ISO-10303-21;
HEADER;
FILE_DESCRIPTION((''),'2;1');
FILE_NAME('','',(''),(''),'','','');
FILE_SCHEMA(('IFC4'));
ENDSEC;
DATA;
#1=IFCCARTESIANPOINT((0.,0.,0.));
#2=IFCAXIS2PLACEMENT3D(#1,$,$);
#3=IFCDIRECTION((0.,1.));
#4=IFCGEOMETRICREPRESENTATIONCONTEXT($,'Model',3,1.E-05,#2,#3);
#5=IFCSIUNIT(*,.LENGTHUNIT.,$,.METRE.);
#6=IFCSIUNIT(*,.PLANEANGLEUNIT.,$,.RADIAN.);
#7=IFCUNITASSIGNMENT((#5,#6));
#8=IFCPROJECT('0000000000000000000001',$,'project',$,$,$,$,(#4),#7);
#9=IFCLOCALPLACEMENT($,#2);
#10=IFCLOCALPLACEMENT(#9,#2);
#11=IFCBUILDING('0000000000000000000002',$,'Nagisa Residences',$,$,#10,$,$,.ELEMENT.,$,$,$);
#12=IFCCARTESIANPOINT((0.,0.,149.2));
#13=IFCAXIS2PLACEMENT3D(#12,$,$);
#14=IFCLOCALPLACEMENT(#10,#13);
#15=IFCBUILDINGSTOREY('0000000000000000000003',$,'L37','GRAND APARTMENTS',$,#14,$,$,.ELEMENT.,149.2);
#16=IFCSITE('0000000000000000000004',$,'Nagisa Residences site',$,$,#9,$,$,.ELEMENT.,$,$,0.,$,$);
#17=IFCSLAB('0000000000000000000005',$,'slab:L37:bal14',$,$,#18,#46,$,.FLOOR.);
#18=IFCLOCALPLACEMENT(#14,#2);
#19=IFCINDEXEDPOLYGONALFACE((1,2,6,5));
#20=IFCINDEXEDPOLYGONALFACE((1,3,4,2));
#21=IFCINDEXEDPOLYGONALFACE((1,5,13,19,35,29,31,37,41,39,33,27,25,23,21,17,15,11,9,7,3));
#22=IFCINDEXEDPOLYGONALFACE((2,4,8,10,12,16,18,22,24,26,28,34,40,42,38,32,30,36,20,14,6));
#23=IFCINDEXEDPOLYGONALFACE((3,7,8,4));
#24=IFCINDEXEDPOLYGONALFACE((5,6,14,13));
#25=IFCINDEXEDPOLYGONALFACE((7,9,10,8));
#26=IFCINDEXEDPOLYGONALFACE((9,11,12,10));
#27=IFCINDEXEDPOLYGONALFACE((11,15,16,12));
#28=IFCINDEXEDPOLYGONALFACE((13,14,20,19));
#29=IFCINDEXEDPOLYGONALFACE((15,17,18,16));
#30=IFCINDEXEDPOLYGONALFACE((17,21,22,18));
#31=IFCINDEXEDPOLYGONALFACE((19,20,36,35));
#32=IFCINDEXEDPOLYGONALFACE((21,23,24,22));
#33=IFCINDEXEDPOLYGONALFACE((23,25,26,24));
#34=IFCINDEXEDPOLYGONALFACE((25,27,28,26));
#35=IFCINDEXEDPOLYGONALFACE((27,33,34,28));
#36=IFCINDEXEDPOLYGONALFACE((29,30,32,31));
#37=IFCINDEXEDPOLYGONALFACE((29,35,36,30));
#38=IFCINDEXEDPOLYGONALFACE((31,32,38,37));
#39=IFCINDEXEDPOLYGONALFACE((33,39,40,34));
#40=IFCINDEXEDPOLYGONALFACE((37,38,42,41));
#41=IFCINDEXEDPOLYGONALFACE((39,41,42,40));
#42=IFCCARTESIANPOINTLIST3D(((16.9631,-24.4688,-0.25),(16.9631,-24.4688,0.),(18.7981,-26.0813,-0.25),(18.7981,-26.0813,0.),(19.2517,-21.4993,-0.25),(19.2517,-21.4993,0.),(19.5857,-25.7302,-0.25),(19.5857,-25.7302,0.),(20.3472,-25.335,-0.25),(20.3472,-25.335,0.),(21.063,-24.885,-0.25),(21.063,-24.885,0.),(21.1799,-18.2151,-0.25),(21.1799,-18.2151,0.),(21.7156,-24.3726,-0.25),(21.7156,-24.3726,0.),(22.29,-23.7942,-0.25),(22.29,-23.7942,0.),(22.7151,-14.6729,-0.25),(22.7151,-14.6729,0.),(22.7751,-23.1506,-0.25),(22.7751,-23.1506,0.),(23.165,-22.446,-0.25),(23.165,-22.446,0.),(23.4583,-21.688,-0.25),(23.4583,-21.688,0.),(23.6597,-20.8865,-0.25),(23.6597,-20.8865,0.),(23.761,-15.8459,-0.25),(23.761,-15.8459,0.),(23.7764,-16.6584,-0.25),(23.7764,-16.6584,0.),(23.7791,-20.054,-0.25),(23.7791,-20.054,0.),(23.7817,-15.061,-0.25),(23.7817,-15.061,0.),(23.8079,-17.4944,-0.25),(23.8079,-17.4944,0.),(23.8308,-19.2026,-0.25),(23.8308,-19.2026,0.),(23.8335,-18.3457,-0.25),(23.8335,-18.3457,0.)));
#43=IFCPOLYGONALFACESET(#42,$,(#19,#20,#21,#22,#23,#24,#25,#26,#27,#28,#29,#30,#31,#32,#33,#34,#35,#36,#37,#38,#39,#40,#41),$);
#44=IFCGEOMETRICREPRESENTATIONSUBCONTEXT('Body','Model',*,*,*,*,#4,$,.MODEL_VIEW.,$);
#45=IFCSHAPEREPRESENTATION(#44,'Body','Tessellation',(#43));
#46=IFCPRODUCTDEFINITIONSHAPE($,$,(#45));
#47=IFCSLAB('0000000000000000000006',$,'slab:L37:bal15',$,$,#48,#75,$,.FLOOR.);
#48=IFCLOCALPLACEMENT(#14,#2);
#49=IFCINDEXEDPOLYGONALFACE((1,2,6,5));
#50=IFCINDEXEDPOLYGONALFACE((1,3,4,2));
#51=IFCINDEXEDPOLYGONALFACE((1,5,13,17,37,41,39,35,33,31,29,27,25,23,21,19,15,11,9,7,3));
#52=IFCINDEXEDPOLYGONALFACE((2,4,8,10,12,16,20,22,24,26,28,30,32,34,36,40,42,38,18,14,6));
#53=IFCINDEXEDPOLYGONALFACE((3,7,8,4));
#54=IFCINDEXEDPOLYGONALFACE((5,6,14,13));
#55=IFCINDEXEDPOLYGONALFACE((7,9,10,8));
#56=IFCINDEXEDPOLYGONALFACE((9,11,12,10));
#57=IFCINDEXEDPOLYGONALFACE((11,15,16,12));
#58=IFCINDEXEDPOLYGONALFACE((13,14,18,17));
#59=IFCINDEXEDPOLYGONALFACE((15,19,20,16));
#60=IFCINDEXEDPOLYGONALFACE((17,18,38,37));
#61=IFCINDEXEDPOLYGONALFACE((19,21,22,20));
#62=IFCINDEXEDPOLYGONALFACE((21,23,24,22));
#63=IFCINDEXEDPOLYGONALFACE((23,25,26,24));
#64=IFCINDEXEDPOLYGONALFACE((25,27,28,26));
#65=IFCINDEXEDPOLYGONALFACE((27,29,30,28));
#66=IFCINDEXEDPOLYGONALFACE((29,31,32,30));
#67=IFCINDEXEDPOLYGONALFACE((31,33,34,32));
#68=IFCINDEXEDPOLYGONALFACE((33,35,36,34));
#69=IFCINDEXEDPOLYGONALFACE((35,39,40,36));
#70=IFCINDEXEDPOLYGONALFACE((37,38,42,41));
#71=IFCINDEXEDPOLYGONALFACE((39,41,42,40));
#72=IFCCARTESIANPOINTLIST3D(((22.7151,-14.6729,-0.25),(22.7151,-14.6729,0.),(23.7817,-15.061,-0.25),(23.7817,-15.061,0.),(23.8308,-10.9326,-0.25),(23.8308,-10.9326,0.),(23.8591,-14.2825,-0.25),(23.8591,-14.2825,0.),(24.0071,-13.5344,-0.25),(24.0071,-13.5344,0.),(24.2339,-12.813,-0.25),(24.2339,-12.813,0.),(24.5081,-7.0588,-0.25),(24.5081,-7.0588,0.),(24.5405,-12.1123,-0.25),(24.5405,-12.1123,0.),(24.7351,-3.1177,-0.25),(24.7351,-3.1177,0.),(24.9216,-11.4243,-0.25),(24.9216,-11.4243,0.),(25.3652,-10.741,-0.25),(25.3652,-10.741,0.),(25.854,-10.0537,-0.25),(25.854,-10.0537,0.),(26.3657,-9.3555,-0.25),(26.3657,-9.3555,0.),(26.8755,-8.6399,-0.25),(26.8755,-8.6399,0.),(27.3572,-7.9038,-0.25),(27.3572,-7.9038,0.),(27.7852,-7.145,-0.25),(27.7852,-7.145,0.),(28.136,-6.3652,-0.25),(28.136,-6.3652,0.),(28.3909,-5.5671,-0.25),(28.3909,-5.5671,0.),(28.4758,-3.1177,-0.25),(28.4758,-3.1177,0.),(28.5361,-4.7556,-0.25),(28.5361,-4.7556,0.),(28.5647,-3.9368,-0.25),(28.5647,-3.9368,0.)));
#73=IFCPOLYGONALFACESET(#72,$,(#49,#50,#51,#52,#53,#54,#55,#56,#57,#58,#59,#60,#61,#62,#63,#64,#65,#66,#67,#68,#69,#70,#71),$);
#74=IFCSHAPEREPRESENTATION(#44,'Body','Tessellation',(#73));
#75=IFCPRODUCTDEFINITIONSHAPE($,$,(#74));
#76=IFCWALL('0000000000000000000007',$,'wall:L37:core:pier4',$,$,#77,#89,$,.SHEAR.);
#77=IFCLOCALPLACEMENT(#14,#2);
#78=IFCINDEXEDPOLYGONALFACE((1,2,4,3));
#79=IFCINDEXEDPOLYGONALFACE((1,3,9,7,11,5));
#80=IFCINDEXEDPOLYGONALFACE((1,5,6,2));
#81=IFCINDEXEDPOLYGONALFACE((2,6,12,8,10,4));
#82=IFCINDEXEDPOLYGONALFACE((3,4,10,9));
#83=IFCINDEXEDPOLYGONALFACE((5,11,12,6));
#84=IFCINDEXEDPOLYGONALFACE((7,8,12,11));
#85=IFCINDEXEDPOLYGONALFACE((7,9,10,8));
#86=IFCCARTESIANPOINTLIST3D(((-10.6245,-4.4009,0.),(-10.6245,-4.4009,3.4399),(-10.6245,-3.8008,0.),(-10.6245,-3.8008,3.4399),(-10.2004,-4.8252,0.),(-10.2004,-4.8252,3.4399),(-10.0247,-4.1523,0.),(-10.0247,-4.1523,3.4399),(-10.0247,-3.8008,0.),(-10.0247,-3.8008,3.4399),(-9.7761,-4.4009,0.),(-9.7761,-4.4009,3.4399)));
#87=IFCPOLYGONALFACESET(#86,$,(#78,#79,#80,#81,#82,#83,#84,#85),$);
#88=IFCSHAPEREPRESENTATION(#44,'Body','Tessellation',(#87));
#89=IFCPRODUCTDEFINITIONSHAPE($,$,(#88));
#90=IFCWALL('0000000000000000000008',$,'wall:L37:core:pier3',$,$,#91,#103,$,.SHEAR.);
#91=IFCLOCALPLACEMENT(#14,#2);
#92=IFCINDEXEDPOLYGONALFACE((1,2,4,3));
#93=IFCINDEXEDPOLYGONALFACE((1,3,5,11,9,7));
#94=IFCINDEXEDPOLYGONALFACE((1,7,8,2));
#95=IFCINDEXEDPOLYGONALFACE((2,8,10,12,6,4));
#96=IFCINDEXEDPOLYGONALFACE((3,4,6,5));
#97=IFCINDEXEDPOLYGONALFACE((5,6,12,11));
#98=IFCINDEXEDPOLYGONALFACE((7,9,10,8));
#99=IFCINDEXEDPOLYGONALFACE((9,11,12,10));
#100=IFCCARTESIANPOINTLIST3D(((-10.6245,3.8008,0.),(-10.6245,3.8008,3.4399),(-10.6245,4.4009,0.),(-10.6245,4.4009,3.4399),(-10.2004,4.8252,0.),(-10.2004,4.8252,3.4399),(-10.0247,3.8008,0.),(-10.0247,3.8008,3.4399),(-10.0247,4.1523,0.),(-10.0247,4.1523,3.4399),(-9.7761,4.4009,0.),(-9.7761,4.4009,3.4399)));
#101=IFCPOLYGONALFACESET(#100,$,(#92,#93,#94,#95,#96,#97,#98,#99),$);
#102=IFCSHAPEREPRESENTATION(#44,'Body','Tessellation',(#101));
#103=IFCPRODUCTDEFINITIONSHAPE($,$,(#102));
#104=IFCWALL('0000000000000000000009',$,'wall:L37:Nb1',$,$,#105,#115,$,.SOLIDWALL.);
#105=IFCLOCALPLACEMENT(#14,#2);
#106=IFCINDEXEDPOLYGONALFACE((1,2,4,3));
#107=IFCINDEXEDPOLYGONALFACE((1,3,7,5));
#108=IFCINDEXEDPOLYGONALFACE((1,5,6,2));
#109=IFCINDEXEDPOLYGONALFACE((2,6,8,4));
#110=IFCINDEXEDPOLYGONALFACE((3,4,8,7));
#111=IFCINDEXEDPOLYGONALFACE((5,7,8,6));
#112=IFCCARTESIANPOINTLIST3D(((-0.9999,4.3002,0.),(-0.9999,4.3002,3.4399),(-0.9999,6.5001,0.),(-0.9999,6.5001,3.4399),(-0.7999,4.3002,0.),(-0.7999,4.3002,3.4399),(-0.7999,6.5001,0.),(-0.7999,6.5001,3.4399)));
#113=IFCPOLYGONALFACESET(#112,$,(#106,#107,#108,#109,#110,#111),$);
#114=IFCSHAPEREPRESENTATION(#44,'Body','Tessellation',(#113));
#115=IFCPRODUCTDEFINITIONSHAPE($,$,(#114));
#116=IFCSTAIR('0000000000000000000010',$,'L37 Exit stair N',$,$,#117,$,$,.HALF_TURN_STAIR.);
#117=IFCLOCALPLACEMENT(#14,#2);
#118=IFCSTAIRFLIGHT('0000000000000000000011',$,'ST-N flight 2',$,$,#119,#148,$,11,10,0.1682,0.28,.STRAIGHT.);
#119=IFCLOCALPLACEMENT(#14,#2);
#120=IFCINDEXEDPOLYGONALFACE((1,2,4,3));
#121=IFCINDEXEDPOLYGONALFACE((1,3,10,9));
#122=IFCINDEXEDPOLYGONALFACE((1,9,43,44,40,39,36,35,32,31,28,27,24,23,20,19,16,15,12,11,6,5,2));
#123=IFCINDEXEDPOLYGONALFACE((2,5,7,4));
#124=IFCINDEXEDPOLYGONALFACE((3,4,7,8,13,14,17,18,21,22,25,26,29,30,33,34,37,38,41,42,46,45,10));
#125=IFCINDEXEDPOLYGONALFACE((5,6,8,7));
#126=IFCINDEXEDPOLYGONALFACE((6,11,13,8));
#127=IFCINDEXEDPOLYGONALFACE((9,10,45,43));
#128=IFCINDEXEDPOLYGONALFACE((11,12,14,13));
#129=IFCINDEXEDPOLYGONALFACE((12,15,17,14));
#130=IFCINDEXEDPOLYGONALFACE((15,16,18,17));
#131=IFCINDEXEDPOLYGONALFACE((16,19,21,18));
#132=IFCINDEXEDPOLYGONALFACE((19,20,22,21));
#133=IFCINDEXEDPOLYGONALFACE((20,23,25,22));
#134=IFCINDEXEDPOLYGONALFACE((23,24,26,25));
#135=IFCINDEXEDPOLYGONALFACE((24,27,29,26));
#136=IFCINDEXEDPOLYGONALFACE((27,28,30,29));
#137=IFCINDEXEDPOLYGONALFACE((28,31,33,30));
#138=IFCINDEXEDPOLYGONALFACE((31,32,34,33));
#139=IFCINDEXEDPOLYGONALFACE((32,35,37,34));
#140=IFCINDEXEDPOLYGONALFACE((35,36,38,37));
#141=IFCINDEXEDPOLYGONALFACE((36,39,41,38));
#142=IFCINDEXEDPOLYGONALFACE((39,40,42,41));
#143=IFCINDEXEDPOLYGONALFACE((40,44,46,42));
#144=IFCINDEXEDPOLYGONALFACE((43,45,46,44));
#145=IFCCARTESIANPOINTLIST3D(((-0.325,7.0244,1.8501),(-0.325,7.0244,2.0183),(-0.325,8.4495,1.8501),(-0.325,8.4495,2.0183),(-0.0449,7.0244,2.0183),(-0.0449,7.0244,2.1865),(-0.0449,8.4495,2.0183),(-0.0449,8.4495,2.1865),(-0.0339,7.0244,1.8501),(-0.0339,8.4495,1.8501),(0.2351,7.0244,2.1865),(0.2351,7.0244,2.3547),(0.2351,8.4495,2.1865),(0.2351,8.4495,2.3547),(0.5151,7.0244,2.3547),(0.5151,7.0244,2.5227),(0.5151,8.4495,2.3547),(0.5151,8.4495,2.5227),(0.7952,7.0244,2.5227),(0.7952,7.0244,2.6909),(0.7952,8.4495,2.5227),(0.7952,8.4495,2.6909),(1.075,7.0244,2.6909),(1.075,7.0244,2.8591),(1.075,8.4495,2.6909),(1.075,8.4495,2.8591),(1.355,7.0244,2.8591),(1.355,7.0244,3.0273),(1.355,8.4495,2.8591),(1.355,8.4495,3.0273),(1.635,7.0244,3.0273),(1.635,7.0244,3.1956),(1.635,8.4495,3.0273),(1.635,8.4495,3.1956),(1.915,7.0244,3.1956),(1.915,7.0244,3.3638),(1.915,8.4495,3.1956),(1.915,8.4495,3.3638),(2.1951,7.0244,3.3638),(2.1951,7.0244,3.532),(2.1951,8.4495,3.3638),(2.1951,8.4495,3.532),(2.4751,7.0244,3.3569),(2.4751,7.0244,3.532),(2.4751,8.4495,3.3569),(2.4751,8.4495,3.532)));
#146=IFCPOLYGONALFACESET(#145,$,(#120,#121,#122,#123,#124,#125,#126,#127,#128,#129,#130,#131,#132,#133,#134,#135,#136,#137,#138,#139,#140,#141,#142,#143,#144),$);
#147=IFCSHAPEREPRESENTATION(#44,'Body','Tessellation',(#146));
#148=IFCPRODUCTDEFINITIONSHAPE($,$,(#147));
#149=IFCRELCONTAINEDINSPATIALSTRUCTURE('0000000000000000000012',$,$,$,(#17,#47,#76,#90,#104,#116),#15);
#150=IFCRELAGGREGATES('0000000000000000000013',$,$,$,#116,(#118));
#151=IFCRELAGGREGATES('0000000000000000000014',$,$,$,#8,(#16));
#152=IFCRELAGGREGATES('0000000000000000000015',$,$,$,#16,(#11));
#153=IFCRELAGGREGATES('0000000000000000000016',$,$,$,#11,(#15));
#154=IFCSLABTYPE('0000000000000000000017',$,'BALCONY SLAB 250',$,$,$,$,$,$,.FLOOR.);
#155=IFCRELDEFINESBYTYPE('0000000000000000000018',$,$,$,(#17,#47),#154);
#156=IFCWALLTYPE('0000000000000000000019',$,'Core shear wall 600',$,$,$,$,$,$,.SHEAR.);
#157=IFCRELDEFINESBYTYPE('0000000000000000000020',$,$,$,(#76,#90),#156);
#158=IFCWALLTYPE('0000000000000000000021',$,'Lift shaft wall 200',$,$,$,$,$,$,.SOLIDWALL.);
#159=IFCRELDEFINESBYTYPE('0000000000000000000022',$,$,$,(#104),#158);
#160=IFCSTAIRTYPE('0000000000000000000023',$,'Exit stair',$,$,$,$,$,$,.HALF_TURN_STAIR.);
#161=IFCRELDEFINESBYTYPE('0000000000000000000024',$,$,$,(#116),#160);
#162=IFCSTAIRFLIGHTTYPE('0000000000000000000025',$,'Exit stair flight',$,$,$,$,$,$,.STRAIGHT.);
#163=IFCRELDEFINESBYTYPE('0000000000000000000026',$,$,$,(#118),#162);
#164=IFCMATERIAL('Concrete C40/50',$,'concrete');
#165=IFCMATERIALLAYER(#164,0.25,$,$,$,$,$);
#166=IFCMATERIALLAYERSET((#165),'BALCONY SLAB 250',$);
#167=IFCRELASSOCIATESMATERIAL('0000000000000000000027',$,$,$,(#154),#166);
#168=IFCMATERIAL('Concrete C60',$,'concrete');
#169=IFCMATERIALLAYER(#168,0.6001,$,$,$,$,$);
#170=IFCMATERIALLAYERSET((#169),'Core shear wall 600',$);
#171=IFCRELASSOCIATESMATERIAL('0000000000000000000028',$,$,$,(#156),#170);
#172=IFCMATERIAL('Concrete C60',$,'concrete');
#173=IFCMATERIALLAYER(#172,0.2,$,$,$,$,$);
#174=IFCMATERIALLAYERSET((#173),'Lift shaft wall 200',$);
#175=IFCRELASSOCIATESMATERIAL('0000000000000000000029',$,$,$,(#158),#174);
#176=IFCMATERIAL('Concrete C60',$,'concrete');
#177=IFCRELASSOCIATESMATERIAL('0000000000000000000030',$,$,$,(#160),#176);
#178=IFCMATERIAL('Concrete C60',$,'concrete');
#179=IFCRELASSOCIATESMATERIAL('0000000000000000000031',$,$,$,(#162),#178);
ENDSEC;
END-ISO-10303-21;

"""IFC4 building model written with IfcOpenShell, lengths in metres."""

from ifc_helpers import new_model, si_unit, direction, frame, frame_2d, origin, place, context, subcontext, project, spatial, polyline, rectangle, outline, extrude, material, layer, layer_set, type_object, element, aggregate, save


model = new_model("IFC4")

# Units and contexts
model_context = context("Model", 3, precision=1e-05, world=origin(), true_north=direction((0.0, 1.0)))
body_context = subcontext(model_context, "Body", "Model", "MODEL_VIEW")
ifc_project = project(units=[si_unit("LENGTHUNIT", "METRE"), si_unit("PLANEANGLEUNIT", "RADIAN")], contexts=[model_context])

# Site, building, storey
site_placement = place(None, origin())
site = spatial("IfcSite", under=ifc_project, at=site_placement, Name="Nagisa Residences site", CompositionType="ELEMENT", RefElevation=0.0)
building_placement = place(site_placement, origin())
building = spatial("IfcBuilding", under=site, at=building_placement, Name="Nagisa Residences", CompositionType="ELEMENT")
storey_placement = place(building_placement, frame((0.0, 0.0, 149.2)))
storey = spatial("IfcBuildingStorey", under=building, at=storey_placement, Name="L37", Description="GRAND APARTMENTS", CompositionType="ELEMENT", Elevation=149.2)

# Slabs
ifc_material_1 = material(Name="Concrete C40/50", Category="concrete")
ifc_layer_1 = layer(ifc_material_1, 0.25)
ifc_layer_set_1 = layer_set([ifc_layer_1], Name="BALCONY SLAB 250")
slab_type = type_object("IfcSlabType", Name="BALCONY SLAB 250", PredefinedType="FLOOR", material=ifc_layer_set_1)
slab_1_placement = place(storey_placement, frame((0.0, 0.0, -0.25)))
element("IfcSlab", 1, at=slab_1_placement, inside=storey, type_object=slab_type, Name="slab:L37:bal14", PredefinedType="FLOOR", context=body_context, shape_type="SweptSolid", body=[
    extrude(outline(polyline([(18.7981, -26.0813), (19.5857, -25.7302), (20.3472, -25.335), (21.063, -24.885), (21.7156, -24.3726), (22.29, -23.7942), (22.7751, -23.1506), (23.165, -22.446), (23.4583, -21.688), (23.6597, -20.8865), (23.7791, -20.054), (23.8308, -19.2026), (23.8335, -18.3457), (23.8079, -17.4944), (23.7764, -16.6584), (23.761, -15.8459), (23.7817, -15.061), (22.7151, -14.6729), (21.1799, -18.2151), (19.2517, -21.4993), (16.9631, -24.4688), (18.7981, -26.0813)])), origin(), (0.0, 0.0, 1.0), 0.25),
])
slab_2_placement = place(storey_placement, frame((0.0, 0.0, -0.25)))
element("IfcSlab", 2, at=slab_2_placement, inside=storey, type_object=slab_type, Name="slab:L37:bal15", PredefinedType="FLOOR", context=body_context, shape_type="SweptSolid", body=[
    extrude(outline(polyline([(23.7817, -15.061), (23.8591, -14.2825), (24.0071, -13.5344), (24.2339, -12.813), (24.5405, -12.1123), (24.9216, -11.4243), (25.3652, -10.741), (25.854, -10.0537), (26.3657, -9.3555), (26.8755, -8.6399), (27.3572, -7.9038), (27.7852, -7.145), (28.136, -6.3652), (28.3909, -5.5671), (28.5361, -4.7556), (28.5647, -3.9368), (28.4758, -3.1177), (24.7351, -3.1177), (24.5081, -7.0588), (23.8308, -10.9326), (22.7151, -14.6729), (23.7817, -15.061)])), origin(), (0.0, 0.0, 1.0), 0.25),
])

# Walls
ifc_material_2 = material(Name="Concrete C60", Category="concrete")
ifc_layer_2 = layer(ifc_material_2, 0.6001)
ifc_layer_set_2 = layer_set([ifc_layer_2], Name="Core shear wall 600")
wall_type_1 = type_object("IfcWallType", Name="Core shear wall 600", PredefinedType="SHEAR", material=ifc_layer_set_2)
wall_1_placement = place(storey_placement, origin())
element("IfcWall", 3, at=wall_1_placement, inside=storey, type_object=wall_type_1, Name="wall:L37:core:pier4", PredefinedType="SHEAR", context=body_context, shape_type="SweptSolid", body=[
    extrude(outline(polyline([(-10.6245, -3.8008), (-10.0247, -3.8008), (-10.0247, -4.1523), (-9.7761, -4.4009), (-10.2004, -4.8252), (-10.6245, -4.4009), (-10.6245, -3.8008)])), origin(), (0.0, 0.0, 1.0), 3.4399),
])
wall_2_placement = place(storey_placement, origin())
element("IfcWall", 4, at=wall_2_placement, inside=storey, type_object=wall_type_1, Name="wall:L37:core:pier3", PredefinedType="SHEAR", context=body_context, shape_type="SweptSolid", body=[
    extrude(outline(polyline([(-10.2004, 4.8252), (-9.7761, 4.4009), (-10.0247, 4.1523), (-10.0247, 3.8008), (-10.6245, 3.8008), (-10.6245, 4.4009), (-10.2004, 4.8252)])), origin(), (0.0, 0.0, 1.0), 3.4399),
])
ifc_material_3 = material(Name="Concrete C60", Category="concrete")
ifc_layer_3 = layer(ifc_material_3, 0.2)
ifc_layer_set_3 = layer_set([ifc_layer_3], Name="Lift shaft wall 200")
wall_type_2 = type_object("IfcWallType", Name="Lift shaft wall 200", PredefinedType="SOLIDWALL", material=ifc_layer_set_3)
wall_3_placement = place(storey_placement, frame((-0.8999, 4.3, 0.0), z_axis=(0.0, 0.0, 1.0), x_axis=(0.0, 1.0, 0.0)))
element("IfcWall", 5, at=wall_3_placement, inside=storey, type_object=wall_type_2, Name="wall:L37:Nb1", PredefinedType="SOLIDWALL", context=body_context, shape_type="SweptSolid", body=[
    extrude(rectangle(XDim=2.2, YDim=0.2, at=frame_2d((1.1001, 0.0))), origin(), (0.0, 0.0, 1.0), 3.4399),
])

# Stair, stair flight
ifc_material_4 = material(Name="Concrete C60", Category="concrete")
stair_type = type_object("IfcStairType", Name="Exit stair", PredefinedType="HALF_TURN_STAIR", material=ifc_material_4)
stair_placement = place(storey_placement, origin())
stair = element("IfcStair", 6, at=stair_placement, inside=storey, type_object=stair_type, Name="L37 Exit stair N", PredefinedType="HALF_TURN_STAIR")
ifc_material_5 = material(Name="Concrete C60", Category="concrete")
stair_flight_type = type_object("IfcStairFlightType", Name="Exit stair flight", PredefinedType="STRAIGHT", material=ifc_material_5)
stair_flight_placement = place(storey_placement, frame((-0.325, 7.7371, 1.8501), z_axis=(0.0, 0.0, 1.0), x_axis=(1.0, 0.0, 0.0)))
stair_flight = element("IfcStairFlight", 7, at=stair_flight_placement, type_object=stair_flight_type, Name="ST-N flight 2", NumberOfRisers=11, NumberOfTreads=10, PredefinedType="STRAIGHT", RiserHeight=0.1682, TreadLength=0.28, context=body_context, shape_type="SweptSolid", body=[
    extrude(outline(polyline([(0.0, 0.0), (0.0, 0.1682), (0.28, 0.1682), (0.28, 0.3364), (0.5601, 0.3364), (0.5601, 0.5046), (0.8401, 0.5046), (0.8401, 0.6726), (1.1201, 0.6726), (1.1201, 0.8408), (1.3999, 0.8408), (1.3999, 1.009), (1.6799, 1.009), (1.6799, 1.1772), (1.96, 1.1772), (1.96, 1.3455), (2.24, 1.3455), (2.24, 1.5137), (2.52, 1.5137), (2.52, 1.6819), (2.8, 1.6819), (2.8, 1.8501), (2.8, 1.5068), (0.291, 0.0), (0.0, 0.0)])), frame((0.0, 0.7124, 0.0), z_axis=(0.0, -1.0, 0.0), x_axis=(1.0, 0.0, 0.0)), (0.0, 0.0, 1.0), 1.425),
])
aggregate(stair, [stair_flight])

save(model, "model.ifc")
